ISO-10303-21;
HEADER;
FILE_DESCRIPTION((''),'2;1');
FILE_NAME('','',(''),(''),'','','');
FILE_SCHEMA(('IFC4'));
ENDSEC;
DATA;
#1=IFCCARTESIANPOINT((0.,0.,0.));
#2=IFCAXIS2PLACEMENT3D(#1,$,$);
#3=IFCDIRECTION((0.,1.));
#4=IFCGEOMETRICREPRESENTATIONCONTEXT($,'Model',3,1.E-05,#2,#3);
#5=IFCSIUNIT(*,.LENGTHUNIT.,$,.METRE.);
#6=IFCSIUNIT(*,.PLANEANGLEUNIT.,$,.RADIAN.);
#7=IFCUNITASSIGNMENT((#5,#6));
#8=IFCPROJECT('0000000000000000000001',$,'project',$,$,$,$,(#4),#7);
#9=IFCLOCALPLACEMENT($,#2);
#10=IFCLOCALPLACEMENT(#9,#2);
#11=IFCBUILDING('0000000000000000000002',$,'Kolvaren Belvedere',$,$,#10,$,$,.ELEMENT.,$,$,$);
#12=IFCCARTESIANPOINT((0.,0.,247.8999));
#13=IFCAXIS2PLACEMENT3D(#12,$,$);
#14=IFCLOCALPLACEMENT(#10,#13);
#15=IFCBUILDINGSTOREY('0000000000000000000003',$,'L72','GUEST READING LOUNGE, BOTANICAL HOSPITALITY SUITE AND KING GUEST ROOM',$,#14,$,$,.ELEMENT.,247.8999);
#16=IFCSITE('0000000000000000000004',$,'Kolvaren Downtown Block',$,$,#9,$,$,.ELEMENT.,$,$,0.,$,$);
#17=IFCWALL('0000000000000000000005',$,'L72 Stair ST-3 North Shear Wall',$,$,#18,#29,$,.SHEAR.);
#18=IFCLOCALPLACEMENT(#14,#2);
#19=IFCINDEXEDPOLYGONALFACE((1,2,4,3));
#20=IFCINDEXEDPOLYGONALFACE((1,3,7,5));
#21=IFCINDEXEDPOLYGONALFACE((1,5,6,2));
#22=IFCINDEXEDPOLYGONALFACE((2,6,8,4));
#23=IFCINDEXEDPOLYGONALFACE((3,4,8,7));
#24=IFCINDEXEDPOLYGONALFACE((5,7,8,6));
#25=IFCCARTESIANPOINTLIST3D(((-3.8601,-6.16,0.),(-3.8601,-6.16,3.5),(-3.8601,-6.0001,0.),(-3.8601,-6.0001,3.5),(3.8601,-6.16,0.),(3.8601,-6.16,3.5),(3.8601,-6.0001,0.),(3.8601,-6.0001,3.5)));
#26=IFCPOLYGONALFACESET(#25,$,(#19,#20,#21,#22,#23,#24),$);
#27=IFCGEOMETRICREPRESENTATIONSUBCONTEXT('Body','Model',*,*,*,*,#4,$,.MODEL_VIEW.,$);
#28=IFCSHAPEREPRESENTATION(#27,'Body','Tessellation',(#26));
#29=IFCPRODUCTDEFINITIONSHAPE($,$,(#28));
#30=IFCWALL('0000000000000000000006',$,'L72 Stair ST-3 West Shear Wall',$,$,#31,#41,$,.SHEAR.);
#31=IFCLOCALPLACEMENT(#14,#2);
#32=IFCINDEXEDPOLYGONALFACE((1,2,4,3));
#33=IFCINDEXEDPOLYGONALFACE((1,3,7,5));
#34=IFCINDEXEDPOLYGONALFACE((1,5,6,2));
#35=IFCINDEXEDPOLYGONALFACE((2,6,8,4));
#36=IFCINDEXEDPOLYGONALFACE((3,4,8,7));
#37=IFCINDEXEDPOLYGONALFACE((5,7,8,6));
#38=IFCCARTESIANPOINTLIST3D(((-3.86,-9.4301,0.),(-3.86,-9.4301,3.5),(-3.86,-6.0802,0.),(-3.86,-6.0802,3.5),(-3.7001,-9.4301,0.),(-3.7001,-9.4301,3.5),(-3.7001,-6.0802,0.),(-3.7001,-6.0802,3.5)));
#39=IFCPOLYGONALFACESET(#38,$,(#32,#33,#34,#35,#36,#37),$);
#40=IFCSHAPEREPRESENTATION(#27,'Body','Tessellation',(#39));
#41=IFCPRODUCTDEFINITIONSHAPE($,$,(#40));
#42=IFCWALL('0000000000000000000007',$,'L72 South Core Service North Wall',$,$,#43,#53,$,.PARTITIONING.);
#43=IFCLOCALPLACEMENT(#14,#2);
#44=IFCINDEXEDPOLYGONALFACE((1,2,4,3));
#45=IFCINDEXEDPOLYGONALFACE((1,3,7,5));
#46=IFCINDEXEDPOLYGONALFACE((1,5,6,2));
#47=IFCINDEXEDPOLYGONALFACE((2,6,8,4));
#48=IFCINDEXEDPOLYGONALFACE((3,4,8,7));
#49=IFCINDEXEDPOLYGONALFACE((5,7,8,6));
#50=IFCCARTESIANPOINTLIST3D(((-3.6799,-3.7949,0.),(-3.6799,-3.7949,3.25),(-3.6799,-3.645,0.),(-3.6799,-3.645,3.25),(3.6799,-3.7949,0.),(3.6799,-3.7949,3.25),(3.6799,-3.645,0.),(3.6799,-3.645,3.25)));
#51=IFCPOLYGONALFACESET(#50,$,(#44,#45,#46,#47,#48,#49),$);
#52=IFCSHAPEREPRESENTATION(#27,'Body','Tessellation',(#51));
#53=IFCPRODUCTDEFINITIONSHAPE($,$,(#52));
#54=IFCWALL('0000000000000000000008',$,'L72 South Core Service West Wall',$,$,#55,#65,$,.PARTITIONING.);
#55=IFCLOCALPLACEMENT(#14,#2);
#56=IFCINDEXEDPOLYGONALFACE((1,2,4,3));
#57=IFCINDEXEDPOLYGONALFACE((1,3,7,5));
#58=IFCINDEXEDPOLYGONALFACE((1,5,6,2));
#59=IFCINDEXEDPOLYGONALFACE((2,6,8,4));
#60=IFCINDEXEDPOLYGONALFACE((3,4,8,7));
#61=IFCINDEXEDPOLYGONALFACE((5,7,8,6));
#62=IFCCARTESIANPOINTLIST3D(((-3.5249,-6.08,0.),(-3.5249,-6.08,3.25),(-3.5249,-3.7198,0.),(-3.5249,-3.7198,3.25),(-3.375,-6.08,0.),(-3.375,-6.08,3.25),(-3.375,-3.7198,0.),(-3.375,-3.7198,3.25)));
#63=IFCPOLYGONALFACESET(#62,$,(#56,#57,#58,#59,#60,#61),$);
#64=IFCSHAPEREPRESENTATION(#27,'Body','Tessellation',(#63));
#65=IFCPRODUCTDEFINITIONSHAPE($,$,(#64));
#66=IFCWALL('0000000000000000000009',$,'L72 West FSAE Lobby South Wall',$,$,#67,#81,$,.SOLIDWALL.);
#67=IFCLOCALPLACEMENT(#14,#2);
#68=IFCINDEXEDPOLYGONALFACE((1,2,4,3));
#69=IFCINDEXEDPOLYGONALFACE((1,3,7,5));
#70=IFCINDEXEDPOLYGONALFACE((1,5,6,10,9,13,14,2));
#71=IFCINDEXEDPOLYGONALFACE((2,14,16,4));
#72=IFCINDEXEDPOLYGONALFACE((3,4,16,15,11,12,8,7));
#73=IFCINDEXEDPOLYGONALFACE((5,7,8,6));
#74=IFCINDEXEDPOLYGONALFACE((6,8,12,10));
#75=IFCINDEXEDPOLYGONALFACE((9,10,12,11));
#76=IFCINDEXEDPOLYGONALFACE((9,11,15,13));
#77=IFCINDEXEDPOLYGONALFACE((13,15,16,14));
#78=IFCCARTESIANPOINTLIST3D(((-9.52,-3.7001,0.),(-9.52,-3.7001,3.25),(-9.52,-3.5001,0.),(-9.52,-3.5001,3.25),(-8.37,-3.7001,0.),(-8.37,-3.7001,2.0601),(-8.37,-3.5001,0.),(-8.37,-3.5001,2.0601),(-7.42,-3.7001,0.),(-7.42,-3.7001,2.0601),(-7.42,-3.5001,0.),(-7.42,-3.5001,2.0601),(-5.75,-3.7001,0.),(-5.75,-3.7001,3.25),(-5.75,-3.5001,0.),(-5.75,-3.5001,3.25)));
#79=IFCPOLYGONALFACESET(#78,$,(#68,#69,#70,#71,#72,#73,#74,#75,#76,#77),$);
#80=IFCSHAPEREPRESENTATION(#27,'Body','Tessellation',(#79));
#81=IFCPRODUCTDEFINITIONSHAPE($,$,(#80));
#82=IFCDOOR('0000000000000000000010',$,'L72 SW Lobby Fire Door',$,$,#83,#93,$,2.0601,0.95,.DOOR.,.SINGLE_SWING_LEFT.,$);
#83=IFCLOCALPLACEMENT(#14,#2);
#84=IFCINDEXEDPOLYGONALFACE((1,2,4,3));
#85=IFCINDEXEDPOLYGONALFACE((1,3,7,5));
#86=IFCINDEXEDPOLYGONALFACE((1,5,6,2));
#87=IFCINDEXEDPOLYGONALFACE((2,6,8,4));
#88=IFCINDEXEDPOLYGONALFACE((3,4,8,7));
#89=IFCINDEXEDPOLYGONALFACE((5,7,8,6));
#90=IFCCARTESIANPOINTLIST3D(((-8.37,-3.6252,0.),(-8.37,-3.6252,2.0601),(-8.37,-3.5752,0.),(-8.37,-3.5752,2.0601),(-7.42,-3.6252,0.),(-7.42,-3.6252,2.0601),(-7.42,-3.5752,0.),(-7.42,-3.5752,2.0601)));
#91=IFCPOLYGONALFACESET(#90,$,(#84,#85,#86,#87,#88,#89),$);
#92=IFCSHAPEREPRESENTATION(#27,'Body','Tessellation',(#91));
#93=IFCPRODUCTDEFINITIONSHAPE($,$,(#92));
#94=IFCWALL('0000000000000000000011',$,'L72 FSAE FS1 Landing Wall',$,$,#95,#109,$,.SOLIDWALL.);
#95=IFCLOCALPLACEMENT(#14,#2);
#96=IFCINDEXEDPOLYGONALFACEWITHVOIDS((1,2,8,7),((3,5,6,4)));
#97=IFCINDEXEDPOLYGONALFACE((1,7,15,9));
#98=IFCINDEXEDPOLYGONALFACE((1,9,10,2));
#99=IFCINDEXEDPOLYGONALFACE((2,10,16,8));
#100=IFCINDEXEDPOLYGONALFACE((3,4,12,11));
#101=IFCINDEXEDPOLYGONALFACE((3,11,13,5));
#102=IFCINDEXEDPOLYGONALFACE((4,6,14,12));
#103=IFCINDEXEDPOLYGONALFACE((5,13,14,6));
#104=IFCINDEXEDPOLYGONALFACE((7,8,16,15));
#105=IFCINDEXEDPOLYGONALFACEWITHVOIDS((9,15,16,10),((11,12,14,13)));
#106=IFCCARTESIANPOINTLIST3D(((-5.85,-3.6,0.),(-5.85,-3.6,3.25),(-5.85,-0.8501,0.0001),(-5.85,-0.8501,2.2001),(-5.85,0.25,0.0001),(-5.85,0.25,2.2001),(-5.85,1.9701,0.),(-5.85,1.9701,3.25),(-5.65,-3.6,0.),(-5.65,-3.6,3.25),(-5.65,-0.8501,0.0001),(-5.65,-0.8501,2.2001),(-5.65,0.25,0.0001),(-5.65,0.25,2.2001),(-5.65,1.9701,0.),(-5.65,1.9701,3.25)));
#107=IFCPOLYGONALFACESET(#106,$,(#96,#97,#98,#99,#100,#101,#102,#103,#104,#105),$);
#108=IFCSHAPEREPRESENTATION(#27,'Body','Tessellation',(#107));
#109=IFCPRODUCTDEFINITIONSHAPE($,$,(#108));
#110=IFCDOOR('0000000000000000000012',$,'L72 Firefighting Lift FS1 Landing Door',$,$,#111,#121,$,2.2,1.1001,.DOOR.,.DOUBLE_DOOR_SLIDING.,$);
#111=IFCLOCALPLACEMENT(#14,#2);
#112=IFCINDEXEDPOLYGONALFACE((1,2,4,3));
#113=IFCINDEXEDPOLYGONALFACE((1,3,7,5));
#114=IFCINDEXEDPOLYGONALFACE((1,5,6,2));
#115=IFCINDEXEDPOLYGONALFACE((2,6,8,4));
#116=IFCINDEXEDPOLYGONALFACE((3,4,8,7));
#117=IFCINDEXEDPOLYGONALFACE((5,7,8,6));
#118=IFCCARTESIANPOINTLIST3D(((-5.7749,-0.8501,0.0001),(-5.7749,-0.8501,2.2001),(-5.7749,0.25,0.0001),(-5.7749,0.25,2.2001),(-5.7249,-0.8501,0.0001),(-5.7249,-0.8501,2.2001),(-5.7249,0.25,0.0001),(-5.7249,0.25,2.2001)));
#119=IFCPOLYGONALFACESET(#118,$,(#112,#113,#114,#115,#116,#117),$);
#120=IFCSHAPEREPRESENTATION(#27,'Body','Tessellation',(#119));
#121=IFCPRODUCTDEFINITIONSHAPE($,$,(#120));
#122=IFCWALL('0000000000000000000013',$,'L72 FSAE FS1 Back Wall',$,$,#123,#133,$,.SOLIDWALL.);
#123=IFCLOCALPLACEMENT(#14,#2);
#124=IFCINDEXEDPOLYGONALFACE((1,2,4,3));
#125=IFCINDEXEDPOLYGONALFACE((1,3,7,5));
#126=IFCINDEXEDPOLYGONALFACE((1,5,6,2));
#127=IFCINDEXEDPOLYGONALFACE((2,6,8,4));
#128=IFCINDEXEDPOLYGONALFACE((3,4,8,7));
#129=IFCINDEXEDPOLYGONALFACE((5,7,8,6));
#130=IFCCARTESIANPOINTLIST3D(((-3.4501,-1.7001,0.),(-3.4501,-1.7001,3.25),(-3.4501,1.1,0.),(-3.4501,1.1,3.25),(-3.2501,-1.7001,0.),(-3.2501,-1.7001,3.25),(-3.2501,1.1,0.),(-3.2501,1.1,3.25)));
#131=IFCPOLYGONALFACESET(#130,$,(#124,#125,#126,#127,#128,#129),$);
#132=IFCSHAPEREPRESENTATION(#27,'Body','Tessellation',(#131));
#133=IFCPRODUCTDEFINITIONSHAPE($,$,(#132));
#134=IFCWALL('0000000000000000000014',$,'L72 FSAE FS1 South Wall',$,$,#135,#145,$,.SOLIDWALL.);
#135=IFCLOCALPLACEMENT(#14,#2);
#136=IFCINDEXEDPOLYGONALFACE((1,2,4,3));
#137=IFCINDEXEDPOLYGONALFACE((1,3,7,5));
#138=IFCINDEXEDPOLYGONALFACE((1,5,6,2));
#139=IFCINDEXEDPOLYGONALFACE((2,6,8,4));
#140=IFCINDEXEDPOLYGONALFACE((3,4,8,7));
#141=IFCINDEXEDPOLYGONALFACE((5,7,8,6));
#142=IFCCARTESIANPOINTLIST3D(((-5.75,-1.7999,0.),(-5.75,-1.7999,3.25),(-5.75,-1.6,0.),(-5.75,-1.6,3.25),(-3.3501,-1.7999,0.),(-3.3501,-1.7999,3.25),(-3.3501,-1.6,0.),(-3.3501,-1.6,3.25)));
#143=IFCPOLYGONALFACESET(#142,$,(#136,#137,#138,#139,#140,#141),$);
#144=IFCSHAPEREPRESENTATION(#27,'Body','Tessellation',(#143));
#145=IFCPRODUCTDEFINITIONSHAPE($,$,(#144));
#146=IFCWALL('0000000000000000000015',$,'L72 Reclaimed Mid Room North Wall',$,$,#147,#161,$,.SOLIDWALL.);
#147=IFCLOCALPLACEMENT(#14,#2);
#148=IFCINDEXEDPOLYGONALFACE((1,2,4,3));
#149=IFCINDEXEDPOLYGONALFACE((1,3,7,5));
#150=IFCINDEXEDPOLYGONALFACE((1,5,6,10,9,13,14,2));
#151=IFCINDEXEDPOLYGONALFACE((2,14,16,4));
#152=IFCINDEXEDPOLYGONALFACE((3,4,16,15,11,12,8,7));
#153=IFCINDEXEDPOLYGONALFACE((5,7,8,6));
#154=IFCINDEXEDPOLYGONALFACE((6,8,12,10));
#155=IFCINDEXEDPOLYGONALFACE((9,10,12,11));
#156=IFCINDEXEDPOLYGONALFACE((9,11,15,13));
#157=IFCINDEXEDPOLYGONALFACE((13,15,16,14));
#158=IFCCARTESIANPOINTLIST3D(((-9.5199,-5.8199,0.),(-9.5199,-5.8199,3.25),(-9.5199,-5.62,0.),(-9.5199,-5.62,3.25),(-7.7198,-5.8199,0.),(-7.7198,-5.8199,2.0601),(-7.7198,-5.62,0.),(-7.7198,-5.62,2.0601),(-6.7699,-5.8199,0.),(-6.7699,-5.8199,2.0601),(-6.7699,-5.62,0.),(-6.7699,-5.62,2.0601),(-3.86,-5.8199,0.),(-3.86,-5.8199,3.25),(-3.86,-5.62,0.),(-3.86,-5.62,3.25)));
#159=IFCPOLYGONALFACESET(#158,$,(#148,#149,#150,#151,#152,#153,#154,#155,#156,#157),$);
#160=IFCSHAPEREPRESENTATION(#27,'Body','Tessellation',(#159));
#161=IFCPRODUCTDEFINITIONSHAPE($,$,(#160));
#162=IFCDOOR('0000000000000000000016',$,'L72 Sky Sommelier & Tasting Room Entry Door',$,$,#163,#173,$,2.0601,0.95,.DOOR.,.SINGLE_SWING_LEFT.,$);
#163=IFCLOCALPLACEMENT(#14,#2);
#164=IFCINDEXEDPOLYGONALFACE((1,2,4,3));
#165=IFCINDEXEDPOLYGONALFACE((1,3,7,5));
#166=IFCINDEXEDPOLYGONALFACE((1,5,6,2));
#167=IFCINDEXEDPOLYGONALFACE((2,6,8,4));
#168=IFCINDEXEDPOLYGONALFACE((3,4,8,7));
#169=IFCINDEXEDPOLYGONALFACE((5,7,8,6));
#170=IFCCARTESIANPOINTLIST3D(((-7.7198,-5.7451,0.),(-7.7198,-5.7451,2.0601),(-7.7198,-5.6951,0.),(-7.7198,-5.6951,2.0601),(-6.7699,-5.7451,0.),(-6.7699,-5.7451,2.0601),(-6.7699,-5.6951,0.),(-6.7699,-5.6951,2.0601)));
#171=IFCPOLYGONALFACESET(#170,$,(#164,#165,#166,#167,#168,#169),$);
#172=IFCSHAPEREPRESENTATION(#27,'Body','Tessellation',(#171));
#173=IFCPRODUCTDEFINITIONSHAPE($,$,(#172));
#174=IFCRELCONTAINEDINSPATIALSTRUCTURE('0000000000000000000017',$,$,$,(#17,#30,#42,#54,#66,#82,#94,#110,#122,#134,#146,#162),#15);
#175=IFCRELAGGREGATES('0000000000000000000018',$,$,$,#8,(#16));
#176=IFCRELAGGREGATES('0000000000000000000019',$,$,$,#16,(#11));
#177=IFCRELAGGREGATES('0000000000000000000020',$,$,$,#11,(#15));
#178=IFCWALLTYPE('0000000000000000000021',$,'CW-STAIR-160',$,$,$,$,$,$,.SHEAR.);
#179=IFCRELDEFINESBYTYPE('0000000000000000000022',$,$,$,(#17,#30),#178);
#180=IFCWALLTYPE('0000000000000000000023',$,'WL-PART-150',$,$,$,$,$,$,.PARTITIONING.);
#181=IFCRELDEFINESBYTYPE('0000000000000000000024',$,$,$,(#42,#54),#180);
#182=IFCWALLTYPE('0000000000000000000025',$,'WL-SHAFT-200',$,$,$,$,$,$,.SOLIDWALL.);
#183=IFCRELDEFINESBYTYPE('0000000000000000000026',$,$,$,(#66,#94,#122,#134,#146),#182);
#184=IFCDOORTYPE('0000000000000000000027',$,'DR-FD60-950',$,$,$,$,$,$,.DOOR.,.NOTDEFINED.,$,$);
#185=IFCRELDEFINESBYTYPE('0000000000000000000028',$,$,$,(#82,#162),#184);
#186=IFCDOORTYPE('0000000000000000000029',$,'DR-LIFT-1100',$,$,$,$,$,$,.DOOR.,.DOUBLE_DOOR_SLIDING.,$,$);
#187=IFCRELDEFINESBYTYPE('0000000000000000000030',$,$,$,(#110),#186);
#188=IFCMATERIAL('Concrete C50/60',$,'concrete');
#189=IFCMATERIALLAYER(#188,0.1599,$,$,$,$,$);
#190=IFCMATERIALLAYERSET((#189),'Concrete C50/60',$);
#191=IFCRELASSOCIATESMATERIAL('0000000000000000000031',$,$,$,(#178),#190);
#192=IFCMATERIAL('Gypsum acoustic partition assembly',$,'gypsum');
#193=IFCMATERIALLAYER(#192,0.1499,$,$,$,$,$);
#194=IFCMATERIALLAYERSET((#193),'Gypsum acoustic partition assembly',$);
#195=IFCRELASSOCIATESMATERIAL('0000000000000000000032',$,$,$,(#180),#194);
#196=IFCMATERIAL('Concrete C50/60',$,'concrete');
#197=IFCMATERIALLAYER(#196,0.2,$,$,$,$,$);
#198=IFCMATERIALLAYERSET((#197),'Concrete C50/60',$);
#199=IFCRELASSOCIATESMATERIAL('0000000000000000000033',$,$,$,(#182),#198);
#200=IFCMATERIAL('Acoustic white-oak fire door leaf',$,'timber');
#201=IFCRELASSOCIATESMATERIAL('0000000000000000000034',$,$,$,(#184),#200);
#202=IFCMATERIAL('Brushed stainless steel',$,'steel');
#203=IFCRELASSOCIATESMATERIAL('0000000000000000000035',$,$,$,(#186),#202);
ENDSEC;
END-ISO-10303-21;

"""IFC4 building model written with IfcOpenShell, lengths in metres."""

from ifc_helpers import new_model, si_unit, direction, frame, frame_2d, origin, place, context, subcontext, project, spatial, rectangle, extrude, material, layer, layer_set, type_object, element, fill, save


model = new_model("IFC4")

# Units and contexts
model_context = context("Model", 3, precision=1e-05, world=origin(), true_north=direction((0.0, 1.0)))
body_context = subcontext(model_context, "Body", "Model", "MODEL_VIEW")
ifc_project = project(units=[si_unit("LENGTHUNIT", "METRE"), si_unit("PLANEANGLEUNIT", "RADIAN")], contexts=[model_context])

# Site, building, storey
site_placement = place(None, origin())
site = spatial("IfcSite", under=ifc_project, at=site_placement, Name="Kolvaren Downtown Block", CompositionType="ELEMENT", RefElevation=0.0)
building_placement = place(site_placement, origin())
building = spatial("IfcBuilding", under=site, at=building_placement, Name="Kolvaren Belvedere", CompositionType="ELEMENT")
storey_placement = place(building_placement, frame((0.0, 0.0, 247.8999)))
storey = spatial("IfcBuildingStorey", under=building, at=storey_placement, Name="L72", Description="GUEST READING LOUNGE, BOTANICAL HOSPITALITY SUITE AND KING GUEST ROOM", CompositionType="ELEMENT", Elevation=247.8999)

# Walls
ifc_material_1 = material(Name="Concrete C50/60", Category="concrete")
ifc_layer_1 = layer(ifc_material_1, 0.1599)
ifc_layer_set_1 = layer_set([ifc_layer_1], Name="Concrete C50/60")
wall_type_1 = type_object("IfcWallType", Name="CW-STAIR-160", PredefinedType="SHEAR", material=ifc_layer_set_1)
wall_1_placement = place(storey_placement, frame((-3.8601, -6.0801, 0.0), z_axis=(0.0, 0.0, 1.0), x_axis=(1.0, 0.0, 0.0)))
element("IfcWall", 1, at=wall_1_placement, inside=storey, type_object=wall_type_1, Name="L72 Stair ST-3 North Shear Wall", PredefinedType="SHEAR", context=body_context, shape_type="SweptSolid", body=[
    extrude(rectangle(XDim=7.7202, YDim=0.1599, at=frame_2d((3.8601, 0.0))), origin(), (0.0, 0.0, 1.0), 3.5),
])
wall_2_placement = place(storey_placement, frame((-3.78, -9.4299, 0.0), z_axis=(0.0, 0.0, 1.0), x_axis=(0.0, 1.0, 0.0)))
element("IfcWall", 2, at=wall_2_placement, inside=storey, type_object=wall_type_1, Name="L72 Stair ST-3 West Shear Wall", PredefinedType="SHEAR", context=body_context, shape_type="SweptSolid", body=[
    extrude(rectangle(XDim=3.3499, YDim=0.1599, at=frame_2d((1.6748, 0.0))), origin(), (0.0, 0.0, 1.0), 3.5),
])
ifc_material_2 = material(Name="Gypsum acoustic partition assembly", Category="gypsum")
ifc_layer_2 = layer(ifc_material_2, 0.1499)
ifc_layer_set_2 = layer_set([ifc_layer_2], Name="Gypsum acoustic partition assembly")
wall_type_2 = type_object("IfcWallType", Name="WL-PART-150", PredefinedType="PARTITIONING", material=ifc_layer_set_2)
wall_3_placement = place(storey_placement, frame((-3.6799, -3.72, 0.0), z_axis=(0.0, 0.0, 1.0), x_axis=(1.0, 0.0, 0.0)))
element("IfcWall", 3, at=wall_3_placement, inside=storey, type_object=wall_type_2, Name="L72 South Core Service North Wall", PredefinedType="PARTITIONING", context=body_context, shape_type="SweptSolid", body=[
    extrude(rectangle(XDim=7.3599, YDim=0.1499, at=frame_2d((3.6799, 0.0))), origin(), (0.0, 0.0, 1.0), 3.25),
])
wall_4_placement = place(storey_placement, frame((-3.45, -6.0801, 0.0), z_axis=(0.0, 0.0, 1.0), x_axis=(0.0, 1.0, 0.0)))
element("IfcWall", 4, at=wall_4_placement, inside=storey, type_object=wall_type_2, Name="L72 South Core Service West Wall", PredefinedType="PARTITIONING", context=body_context, shape_type="SweptSolid", body=[
    extrude(rectangle(XDim=2.3601, YDim=0.1499, at=frame_2d((1.1802, 0.0))), origin(), (0.0, 0.0, 1.0), 3.25),
])

# Walls, openings, doors
ifc_material_3 = material(Name="Concrete C50/60", Category="concrete")
ifc_layer_3 = layer(ifc_material_3, 0.2)
ifc_layer_set_3 = layer_set([ifc_layer_3], Name="Concrete C50/60")
wall_type_3 = type_object("IfcWallType", Name="WL-SHAFT-200", PredefinedType="SOLIDWALL", material=ifc_layer_set_3)
wall_5_placement = place(storey_placement, frame((-9.52, -3.6001, 0.0), z_axis=(0.0, 0.0, 1.0), x_axis=(1.0, 0.0, 0.0)))
wall_5 = element("IfcWall", 5, at=wall_5_placement, inside=storey, type_object=wall_type_3, Name="L72 West FSAE Lobby South Wall", PredefinedType="SOLIDWALL", context=body_context, shape_type="SweptSolid", body=[
    extrude(rectangle(XDim=3.77, YDim=0.2, at=frame_2d((1.885, 0.0))), origin(), (0.0, 0.0, 1.0), 3.25),
])
opening_1_placement = place(wall_5_placement, frame((1.1499, 0.0, 0.0)))
opening_1 = element("IfcOpeningElement", 6, at=opening_1_placement, cuts=wall_5, PredefinedType="OPENING", context=body_context, shape_type="SweptSolid", body=[
    extrude(rectangle(XDim=0.95, YDim=2.0601, at=frame_2d((0.4751, 1.03))), frame((0.0, 0.1099, 0.0), z_axis=(0.0, -1.0, 0.0), x_axis=(1.0, 0.0, 0.0)), (0.0, 0.0, 1.0), 0.22),
])
ifc_material_4 = material(Name="Acoustic white-oak fire door leaf", Category="timber")
door_type_1 = type_object("IfcDoorType", Name="DR-FD60-950", OperationType="NOTDEFINED", PredefinedType="DOOR", material=ifc_material_4)
door_1_placement = place(opening_1_placement, origin())
door_1 = element("IfcDoor", 7, at=door_1_placement, inside=storey, type_object=door_type_1, Name="L72 SW Lobby Fire Door", OperationType="SINGLE_SWING_LEFT", OverallHeight=2.0601, OverallWidth=0.95, PredefinedType="DOOR", context=body_context, shape_type="SweptSolid", body=[
    extrude(rectangle(XDim=0.95, YDim=2.0601, at=frame_2d((0.4751, 1.03))), frame((0.0, 0.0249, 0.0), z_axis=(0.0, -1.0, 0.0), x_axis=(1.0, 0.0, 0.0)), (0.0, 0.0, 1.0), 0.05),
])
fill(opening_1, door_1)
wall_6_placement = place(storey_placement, frame((-5.75, -3.6001, 0.0), z_axis=(0.0, 0.0, 1.0), x_axis=(0.0, 1.0, 0.0)))
wall_6 = element("IfcWall", 8, at=wall_6_placement, inside=storey, type_object=wall_type_3, Name="L72 FSAE FS1 Landing Wall", PredefinedType="SOLIDWALL", context=body_context, shape_type="SweptSolid", body=[
    extrude(rectangle(XDim=5.5701, YDim=0.2, at=frame_2d((2.7852, 0.0))), origin(), (0.0, 0.0, 1.0), 3.25),
])
opening_2_placement = place(wall_6_placement, frame((2.75, 0.0, 0.0)))
opening_2 = element("IfcOpeningElement", 9, at=opening_2_placement, cuts=wall_6, PredefinedType="OPENING", context=body_context, shape_type="SweptSolid", body=[
    extrude(rectangle(XDim=1.1001, YDim=2.2, at=frame_2d((0.55, 1.1001))), frame((0.0, 0.1099, 0.0), z_axis=(0.0, -1.0, 0.0), x_axis=(1.0, 0.0, 0.0)), (0.0, 0.0, 1.0), 0.22),
])
ifc_material_5 = material(Name="Brushed stainless steel", Category="steel")
door_type_2 = type_object("IfcDoorType", Name="DR-LIFT-1100", OperationType="DOUBLE_DOOR_SLIDING", PredefinedType="DOOR", material=ifc_material_5)
door_2_placement = place(opening_2_placement, origin())
door_2 = element("IfcDoor", 10, at=door_2_placement, inside=storey, type_object=door_type_2, Name="L72 Firefighting Lift FS1 Landing Door", OperationType="DOUBLE_DOOR_SLIDING", OverallHeight=2.2, OverallWidth=1.1001, PredefinedType="DOOR", context=body_context, shape_type="SweptSolid", body=[
    extrude(rectangle(XDim=1.1001, YDim=2.2, at=frame_2d((0.55, 1.1001))), frame((0.0, 0.0249, 0.0), z_axis=(0.0, -1.0, 0.0), x_axis=(1.0, 0.0, 0.0)), (0.0, 0.0, 1.0), 0.05),
])
fill(opening_2, door_2)

# Walls
wall_7_placement = place(storey_placement, frame((-3.3501, -1.7, 0.0), z_axis=(0.0, 0.0, 1.0), x_axis=(0.0, 1.0, 0.0)))
element("IfcWall", 11, at=wall_7_placement, inside=storey, type_object=wall_type_3, Name="L72 FSAE FS1 Back Wall", PredefinedType="SOLIDWALL", context=body_context, shape_type="SweptSolid", body=[
    extrude(rectangle(XDim=2.8, YDim=0.2, at=frame_2d((1.3999, 0.0))), origin(), (0.0, 0.0, 1.0), 3.25),
])
wall_8_placement = place(storey_placement, frame((-5.75, -1.7, 0.0), z_axis=(0.0, 0.0, 1.0), x_axis=(1.0, 0.0, 0.0)))
element("IfcWall", 12, at=wall_8_placement, inside=storey, type_object=wall_type_3, Name="L72 FSAE FS1 South Wall", PredefinedType="SOLIDWALL", context=body_context, shape_type="SweptSolid", body=[
    extrude(rectangle(XDim=2.3999, YDim=0.2, at=frame_2d((1.2, 0.0))), origin(), (0.0, 0.0, 1.0), 3.25),
])

# Wall, opening, door
wall_9_placement = place(storey_placement, frame((-9.52, -5.72, 0.0), z_axis=(0.0, 0.0, 1.0), x_axis=(1.0, 0.0, 0.0)))
wall_9 = element("IfcWall", 13, at=wall_9_placement, inside=storey, type_object=wall_type_3, Name="L72 Reclaimed Mid Room North Wall", PredefinedType="SOLIDWALL", context=body_context, shape_type="SweptSolid", body=[
    extrude(rectangle(XDim=5.6599, YDim=0.2, at=frame_2d((2.8301, 0.0))), origin(), (0.0, 0.0, 1.0), 3.25),
])
opening_3_placement = place(wall_9_placement, frame((1.8, 0.0, 0.0)))
opening_3 = element("IfcOpeningElement", 14, at=opening_3_placement, cuts=wall_9, PredefinedType="OPENING", context=body_context, shape_type="SweptSolid", body=[
    extrude(rectangle(XDim=0.95, YDim=2.0601, at=frame_2d((0.4751, 1.03))), frame((0.0, 0.1099, 0.0), z_axis=(0.0, -1.0, 0.0), x_axis=(1.0, 0.0, 0.0)), (0.0, 0.0, 1.0), 0.22),
])
door_3_placement = place(opening_3_placement, origin())
door_3 = element("IfcDoor", 15, at=door_3_placement, inside=storey, type_object=door_type_1, Name="L72 Sky Sommelier & Tasting Room Entry Door", OperationType="SINGLE_SWING_LEFT", OverallHeight=2.0601, OverallWidth=0.95, PredefinedType="DOOR", context=body_context, shape_type="SweptSolid", body=[
    extrude(rectangle(XDim=0.95, YDim=2.0601, at=frame_2d((0.4751, 1.03))), frame((0.0, 0.0249, 0.0), z_axis=(0.0, -1.0, 0.0), x_axis=(1.0, 0.0, 0.0)), (0.0, 0.0, 1.0), 0.05),
])
fill(opening_3, door_3)

save(model, "model.ifc")
